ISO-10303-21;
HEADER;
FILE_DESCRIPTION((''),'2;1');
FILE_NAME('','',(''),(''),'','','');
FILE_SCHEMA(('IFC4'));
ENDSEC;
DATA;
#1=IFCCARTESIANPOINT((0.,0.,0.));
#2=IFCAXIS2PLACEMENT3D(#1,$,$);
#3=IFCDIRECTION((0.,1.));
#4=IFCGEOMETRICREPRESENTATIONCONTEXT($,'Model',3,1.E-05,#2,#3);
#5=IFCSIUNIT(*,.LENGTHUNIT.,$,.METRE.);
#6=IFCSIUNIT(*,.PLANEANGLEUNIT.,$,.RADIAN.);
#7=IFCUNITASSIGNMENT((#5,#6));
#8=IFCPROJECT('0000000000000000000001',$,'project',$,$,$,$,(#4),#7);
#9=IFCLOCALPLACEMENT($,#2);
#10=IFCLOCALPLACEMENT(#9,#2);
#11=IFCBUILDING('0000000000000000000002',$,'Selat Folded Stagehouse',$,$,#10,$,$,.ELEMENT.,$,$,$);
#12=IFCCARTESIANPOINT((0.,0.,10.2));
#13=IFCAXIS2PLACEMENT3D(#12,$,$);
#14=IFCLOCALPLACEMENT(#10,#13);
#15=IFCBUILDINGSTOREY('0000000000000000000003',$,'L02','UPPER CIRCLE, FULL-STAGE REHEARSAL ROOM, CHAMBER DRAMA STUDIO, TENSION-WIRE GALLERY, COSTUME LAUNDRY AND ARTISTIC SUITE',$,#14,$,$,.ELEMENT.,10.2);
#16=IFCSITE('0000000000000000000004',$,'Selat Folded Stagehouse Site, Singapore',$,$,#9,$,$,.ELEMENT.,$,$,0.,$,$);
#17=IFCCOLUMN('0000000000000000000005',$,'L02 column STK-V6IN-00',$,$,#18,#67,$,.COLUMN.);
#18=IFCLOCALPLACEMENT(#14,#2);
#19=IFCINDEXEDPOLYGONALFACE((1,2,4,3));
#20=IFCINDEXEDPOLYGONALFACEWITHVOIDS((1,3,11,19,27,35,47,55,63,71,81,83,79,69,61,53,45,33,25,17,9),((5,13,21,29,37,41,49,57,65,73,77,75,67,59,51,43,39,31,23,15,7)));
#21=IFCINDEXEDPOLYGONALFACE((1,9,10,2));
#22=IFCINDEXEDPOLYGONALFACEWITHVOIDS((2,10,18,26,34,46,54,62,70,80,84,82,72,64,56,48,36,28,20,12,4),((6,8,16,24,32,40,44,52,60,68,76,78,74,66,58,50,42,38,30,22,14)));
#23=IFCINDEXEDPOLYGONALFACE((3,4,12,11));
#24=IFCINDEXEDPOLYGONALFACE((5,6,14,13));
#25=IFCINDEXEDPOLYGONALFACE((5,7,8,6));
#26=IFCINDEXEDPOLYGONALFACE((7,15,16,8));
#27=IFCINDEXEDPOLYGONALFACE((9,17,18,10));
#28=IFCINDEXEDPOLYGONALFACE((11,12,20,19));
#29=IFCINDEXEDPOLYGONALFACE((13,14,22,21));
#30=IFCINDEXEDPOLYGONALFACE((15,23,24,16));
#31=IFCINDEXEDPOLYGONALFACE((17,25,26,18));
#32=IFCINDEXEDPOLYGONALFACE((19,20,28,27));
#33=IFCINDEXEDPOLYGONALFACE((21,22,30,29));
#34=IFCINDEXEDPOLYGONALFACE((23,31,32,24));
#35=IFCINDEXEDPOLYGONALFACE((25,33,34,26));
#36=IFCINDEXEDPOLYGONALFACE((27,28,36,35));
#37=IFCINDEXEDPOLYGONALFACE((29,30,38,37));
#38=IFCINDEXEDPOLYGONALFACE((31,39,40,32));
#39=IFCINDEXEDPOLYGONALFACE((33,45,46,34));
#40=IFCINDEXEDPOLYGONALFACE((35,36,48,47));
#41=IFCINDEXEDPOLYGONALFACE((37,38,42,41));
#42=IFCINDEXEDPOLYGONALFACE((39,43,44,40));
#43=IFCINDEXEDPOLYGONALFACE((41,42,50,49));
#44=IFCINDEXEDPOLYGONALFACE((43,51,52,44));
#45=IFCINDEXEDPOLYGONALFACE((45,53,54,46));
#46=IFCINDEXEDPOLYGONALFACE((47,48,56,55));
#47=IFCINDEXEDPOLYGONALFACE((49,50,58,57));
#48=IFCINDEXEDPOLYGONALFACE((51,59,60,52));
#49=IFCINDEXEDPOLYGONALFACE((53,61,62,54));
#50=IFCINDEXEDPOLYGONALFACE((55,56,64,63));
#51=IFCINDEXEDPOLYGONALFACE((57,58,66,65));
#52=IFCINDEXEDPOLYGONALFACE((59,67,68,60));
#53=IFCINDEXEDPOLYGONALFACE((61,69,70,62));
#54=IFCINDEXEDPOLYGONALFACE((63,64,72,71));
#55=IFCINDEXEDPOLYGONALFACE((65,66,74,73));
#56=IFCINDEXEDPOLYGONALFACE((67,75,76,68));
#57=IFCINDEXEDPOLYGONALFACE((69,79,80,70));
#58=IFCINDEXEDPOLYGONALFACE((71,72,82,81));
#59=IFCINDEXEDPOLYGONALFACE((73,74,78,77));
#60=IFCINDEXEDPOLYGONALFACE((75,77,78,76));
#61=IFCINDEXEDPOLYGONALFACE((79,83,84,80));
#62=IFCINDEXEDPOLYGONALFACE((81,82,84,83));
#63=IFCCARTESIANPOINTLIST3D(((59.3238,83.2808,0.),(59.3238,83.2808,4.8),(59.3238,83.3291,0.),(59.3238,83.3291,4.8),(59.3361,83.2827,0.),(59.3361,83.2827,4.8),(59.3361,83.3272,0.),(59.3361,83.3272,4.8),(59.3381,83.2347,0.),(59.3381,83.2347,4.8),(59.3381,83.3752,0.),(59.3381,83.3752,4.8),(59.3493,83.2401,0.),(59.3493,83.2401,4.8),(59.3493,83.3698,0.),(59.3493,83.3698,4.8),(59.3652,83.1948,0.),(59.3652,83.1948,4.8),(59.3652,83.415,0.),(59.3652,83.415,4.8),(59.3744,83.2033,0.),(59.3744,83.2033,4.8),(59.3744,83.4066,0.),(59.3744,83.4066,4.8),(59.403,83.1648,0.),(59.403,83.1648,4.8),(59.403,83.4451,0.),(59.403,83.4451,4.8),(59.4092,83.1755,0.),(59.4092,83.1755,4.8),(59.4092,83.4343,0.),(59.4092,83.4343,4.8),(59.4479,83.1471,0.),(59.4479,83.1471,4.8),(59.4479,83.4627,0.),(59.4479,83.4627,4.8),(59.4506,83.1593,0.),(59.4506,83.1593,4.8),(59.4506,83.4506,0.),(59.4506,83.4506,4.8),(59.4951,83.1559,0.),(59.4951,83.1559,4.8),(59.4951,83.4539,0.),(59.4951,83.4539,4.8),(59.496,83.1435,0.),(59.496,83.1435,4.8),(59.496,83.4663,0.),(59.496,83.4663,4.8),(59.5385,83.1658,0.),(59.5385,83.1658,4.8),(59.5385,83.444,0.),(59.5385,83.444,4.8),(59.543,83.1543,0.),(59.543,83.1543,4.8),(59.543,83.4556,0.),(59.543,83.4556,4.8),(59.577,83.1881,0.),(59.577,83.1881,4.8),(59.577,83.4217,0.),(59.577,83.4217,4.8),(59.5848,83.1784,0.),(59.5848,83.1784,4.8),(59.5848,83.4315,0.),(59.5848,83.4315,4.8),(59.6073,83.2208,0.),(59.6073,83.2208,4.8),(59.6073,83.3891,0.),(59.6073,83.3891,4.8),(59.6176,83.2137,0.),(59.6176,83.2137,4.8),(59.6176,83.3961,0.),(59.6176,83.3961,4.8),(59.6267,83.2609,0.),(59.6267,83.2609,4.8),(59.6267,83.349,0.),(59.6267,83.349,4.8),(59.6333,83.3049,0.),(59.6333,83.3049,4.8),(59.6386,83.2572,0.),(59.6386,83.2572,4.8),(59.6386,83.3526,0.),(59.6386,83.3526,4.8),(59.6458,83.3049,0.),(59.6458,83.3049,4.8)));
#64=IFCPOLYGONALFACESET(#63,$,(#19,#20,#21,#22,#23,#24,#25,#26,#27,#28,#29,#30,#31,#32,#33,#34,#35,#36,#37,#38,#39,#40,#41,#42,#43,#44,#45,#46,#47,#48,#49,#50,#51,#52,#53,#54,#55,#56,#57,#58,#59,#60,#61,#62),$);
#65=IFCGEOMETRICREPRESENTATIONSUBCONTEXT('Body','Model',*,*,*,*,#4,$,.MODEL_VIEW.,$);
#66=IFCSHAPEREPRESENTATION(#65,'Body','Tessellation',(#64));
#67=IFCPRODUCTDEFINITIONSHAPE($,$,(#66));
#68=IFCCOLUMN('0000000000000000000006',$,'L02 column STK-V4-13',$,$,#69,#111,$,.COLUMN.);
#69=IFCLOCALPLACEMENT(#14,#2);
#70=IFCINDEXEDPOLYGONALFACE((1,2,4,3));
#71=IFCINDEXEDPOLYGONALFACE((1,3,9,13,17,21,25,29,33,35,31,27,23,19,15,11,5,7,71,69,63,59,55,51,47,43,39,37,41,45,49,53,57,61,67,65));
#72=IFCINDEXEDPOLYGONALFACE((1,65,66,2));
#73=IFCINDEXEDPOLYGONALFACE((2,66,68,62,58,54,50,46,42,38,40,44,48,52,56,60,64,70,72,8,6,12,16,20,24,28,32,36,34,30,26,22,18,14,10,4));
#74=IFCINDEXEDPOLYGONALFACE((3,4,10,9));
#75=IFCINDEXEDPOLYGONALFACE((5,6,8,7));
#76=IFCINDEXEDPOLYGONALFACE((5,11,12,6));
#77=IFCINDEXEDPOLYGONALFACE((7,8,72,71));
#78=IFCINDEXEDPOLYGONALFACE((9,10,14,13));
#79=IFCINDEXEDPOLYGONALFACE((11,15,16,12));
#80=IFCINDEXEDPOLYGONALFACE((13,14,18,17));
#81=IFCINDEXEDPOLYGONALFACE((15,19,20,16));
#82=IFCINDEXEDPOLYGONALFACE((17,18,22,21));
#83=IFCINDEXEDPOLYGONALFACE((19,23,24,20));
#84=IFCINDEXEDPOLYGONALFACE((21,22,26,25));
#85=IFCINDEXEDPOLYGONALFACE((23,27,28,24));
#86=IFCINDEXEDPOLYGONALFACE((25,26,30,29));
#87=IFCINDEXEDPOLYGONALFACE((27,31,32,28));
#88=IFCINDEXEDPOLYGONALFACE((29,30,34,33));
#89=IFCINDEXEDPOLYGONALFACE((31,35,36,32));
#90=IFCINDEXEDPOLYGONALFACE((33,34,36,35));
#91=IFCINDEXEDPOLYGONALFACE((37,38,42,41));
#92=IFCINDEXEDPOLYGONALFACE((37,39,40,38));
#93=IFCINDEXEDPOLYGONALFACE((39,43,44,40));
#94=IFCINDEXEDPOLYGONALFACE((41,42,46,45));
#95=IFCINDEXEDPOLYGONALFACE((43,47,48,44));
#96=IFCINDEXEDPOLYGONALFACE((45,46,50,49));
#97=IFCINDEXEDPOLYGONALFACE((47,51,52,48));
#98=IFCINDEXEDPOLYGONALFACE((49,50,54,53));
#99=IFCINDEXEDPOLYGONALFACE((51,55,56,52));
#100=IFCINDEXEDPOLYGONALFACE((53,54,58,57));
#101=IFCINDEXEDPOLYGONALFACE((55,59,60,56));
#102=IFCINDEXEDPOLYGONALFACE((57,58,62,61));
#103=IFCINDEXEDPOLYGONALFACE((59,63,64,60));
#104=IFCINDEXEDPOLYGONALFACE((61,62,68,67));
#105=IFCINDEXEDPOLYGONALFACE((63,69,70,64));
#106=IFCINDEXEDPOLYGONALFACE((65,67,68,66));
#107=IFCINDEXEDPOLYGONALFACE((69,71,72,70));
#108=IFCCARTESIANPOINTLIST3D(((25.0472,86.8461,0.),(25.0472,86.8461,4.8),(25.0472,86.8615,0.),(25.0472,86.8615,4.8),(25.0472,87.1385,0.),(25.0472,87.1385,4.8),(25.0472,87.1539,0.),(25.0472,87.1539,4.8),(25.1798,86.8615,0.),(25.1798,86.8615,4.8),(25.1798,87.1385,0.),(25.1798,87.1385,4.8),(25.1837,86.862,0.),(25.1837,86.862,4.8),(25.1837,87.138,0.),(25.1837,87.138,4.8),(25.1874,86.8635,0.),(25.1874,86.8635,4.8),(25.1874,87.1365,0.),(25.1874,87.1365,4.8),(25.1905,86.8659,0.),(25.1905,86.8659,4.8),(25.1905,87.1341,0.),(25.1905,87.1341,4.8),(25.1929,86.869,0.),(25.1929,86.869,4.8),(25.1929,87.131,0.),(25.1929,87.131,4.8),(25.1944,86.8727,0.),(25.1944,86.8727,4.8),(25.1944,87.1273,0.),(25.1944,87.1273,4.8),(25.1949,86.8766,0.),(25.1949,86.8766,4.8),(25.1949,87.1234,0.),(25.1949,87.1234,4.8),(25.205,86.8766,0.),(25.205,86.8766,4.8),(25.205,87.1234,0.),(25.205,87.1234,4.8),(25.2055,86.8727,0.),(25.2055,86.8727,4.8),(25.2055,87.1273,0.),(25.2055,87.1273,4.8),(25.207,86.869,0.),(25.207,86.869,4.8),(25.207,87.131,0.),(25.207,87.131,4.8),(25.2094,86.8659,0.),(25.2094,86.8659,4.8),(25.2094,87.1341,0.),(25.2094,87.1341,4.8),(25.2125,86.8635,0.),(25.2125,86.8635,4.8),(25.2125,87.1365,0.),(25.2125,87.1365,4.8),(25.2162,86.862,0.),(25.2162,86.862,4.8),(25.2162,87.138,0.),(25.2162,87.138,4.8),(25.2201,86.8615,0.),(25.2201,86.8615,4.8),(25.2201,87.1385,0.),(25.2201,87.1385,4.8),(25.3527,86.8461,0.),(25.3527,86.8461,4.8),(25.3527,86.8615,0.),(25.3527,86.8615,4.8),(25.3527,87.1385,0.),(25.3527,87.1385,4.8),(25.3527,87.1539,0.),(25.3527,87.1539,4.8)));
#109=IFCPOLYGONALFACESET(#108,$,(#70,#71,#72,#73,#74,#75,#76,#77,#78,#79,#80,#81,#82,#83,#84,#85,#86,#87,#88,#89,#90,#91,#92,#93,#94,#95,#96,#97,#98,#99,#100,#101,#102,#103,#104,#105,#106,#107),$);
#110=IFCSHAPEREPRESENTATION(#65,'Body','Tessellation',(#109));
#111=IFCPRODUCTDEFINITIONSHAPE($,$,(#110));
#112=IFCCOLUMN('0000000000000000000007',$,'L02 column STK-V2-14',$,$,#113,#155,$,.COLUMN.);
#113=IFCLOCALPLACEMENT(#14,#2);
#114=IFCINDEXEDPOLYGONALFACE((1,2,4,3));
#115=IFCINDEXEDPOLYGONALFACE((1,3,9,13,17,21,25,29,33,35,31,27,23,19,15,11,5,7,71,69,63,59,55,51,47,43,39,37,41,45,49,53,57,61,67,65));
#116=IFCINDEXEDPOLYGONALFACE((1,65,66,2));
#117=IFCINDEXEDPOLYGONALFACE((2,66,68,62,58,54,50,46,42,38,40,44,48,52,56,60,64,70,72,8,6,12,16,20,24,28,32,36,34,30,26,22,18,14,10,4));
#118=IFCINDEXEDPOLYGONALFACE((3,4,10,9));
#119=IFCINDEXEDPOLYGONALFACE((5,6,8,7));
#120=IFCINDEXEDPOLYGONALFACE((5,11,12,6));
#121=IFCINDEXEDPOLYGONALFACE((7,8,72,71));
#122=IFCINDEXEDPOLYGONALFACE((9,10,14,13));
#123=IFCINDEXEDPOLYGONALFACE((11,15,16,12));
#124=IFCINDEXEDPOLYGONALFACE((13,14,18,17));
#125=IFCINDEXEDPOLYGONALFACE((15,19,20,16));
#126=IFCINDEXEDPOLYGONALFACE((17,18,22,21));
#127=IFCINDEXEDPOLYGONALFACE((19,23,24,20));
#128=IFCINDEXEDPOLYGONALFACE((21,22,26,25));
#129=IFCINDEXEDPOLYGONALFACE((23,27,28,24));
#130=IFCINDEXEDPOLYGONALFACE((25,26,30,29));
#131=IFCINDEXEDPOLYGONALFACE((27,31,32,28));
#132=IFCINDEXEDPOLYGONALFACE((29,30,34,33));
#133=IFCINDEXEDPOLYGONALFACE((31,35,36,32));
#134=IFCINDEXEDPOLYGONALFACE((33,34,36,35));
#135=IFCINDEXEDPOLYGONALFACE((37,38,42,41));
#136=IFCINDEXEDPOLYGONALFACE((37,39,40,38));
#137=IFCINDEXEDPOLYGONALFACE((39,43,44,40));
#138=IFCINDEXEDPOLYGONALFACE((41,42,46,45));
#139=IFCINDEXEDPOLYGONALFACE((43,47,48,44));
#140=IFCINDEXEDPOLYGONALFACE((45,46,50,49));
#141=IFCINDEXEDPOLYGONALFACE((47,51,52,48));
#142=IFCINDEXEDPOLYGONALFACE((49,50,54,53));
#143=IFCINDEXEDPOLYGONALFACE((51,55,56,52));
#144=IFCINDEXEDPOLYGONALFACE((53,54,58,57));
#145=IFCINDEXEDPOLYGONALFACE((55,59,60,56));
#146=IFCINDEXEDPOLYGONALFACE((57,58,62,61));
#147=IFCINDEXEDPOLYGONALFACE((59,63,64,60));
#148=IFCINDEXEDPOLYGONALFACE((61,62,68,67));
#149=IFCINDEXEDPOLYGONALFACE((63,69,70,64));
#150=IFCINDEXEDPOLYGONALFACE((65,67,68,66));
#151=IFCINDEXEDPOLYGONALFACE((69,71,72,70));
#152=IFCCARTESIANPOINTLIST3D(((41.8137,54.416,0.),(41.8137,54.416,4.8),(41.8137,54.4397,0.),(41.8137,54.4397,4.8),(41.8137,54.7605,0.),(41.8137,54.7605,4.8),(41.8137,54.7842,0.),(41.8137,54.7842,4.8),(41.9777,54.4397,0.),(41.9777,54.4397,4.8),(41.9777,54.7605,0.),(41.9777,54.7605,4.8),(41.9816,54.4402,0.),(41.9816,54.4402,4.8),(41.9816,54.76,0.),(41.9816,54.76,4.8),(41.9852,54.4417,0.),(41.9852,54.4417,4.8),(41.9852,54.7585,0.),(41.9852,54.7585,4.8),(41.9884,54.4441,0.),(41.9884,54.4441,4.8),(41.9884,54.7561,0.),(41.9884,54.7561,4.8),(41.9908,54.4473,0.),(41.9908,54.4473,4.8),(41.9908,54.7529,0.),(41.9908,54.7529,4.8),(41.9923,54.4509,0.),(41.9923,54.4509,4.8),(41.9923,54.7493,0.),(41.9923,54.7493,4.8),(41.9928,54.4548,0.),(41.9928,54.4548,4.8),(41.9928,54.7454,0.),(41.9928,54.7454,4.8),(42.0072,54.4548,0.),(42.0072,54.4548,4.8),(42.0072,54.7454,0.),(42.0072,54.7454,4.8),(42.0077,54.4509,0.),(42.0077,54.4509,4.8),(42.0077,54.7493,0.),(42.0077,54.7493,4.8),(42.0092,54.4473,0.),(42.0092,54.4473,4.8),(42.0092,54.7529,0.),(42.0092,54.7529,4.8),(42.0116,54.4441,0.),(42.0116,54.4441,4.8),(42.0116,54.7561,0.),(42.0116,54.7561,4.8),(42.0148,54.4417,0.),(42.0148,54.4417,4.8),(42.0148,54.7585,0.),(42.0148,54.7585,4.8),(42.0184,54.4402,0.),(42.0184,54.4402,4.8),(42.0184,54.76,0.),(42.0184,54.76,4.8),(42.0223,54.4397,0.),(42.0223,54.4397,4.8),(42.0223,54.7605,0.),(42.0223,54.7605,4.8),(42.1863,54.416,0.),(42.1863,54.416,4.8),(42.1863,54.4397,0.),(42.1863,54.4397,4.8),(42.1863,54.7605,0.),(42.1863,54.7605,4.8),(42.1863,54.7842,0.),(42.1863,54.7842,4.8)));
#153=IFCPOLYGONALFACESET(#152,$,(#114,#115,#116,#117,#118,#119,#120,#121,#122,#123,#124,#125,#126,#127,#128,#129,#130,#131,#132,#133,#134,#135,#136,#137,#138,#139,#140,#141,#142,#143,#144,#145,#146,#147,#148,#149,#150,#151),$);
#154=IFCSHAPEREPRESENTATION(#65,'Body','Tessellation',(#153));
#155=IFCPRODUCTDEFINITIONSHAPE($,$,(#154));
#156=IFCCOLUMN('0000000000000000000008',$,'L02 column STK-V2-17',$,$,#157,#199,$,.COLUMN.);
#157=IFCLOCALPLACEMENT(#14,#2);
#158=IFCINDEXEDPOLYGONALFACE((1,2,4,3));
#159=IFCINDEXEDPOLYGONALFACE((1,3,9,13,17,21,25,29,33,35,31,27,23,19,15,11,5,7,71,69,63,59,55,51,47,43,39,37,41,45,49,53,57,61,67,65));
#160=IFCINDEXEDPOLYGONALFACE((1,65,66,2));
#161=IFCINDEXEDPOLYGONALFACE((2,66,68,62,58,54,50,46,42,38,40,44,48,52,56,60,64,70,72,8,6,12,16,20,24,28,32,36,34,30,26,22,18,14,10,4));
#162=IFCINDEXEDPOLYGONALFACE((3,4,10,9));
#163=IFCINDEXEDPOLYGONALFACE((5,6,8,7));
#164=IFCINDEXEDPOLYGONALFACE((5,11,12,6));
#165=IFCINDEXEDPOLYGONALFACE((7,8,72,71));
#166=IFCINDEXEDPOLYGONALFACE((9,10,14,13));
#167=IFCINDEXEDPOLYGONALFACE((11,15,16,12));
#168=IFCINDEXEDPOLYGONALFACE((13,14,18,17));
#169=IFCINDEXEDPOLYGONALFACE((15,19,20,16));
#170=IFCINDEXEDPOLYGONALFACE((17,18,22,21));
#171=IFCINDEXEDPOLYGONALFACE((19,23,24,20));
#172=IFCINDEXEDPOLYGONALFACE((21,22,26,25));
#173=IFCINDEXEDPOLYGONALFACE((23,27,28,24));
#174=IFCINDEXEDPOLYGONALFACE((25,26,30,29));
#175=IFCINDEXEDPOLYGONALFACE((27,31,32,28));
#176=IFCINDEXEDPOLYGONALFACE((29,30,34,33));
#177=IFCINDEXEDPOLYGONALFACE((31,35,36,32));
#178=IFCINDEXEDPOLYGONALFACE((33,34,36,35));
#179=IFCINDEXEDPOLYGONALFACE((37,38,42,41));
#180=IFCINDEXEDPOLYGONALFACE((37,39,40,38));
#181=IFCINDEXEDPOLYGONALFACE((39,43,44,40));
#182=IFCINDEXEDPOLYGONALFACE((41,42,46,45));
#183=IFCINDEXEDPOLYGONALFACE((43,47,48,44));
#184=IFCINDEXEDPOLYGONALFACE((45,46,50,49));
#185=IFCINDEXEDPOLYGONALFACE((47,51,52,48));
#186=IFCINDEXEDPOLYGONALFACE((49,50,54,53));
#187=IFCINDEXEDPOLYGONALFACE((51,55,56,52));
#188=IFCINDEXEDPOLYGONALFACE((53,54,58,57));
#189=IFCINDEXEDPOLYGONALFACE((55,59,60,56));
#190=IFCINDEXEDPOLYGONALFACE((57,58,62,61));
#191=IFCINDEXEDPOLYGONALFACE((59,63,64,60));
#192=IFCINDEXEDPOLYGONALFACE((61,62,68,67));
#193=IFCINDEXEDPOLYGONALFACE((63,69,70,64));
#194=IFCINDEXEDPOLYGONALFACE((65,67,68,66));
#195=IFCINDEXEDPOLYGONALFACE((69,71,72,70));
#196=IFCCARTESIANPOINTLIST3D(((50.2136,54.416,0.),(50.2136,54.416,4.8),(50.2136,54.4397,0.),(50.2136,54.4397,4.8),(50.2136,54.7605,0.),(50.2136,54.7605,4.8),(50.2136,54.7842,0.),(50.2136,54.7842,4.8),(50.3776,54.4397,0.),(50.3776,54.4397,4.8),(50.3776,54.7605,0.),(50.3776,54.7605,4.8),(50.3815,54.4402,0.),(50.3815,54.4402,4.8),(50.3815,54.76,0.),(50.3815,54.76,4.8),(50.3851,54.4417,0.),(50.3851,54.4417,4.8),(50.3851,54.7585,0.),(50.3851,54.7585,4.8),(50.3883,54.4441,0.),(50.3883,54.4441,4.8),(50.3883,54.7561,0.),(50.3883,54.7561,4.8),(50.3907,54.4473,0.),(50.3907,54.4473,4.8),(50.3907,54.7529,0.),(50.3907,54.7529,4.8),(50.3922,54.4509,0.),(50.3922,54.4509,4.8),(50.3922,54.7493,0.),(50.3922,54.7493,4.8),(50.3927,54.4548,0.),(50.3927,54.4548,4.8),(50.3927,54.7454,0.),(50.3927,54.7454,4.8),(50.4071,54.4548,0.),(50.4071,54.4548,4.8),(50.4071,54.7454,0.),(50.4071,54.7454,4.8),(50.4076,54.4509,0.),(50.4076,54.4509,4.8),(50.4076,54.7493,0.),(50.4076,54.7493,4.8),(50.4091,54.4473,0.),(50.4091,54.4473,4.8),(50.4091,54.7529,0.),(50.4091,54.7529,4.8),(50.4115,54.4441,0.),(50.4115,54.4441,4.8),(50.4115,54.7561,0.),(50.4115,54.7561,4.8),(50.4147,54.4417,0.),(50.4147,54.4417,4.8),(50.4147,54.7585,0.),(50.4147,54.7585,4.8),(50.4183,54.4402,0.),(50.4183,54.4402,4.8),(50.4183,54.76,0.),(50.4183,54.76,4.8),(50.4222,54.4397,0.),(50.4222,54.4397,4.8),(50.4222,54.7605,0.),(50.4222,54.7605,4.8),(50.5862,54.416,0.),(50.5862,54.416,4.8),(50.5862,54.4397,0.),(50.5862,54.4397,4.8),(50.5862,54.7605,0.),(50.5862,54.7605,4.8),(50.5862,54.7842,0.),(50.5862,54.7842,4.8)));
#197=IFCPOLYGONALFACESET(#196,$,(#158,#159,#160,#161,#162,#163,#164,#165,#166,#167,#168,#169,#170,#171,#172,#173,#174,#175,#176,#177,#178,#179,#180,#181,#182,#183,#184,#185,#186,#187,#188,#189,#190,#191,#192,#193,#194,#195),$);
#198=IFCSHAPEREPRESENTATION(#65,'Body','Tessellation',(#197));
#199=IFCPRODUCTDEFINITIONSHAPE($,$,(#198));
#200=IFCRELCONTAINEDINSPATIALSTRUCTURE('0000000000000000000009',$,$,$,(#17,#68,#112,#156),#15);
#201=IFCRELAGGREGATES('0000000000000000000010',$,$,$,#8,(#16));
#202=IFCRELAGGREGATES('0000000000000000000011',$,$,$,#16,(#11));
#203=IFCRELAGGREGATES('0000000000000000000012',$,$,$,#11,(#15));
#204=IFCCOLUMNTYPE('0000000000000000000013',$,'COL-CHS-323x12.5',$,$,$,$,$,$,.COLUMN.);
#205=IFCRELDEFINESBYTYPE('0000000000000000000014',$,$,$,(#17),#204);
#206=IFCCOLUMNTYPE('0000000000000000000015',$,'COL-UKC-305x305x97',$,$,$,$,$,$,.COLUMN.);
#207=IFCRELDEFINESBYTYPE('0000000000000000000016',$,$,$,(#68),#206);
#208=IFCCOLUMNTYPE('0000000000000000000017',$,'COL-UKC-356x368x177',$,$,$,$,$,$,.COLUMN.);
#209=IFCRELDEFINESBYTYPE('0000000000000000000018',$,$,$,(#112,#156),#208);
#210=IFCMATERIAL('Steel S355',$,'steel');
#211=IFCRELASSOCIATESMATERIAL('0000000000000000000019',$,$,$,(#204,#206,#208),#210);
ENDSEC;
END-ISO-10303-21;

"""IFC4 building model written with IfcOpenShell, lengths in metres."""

from ifc_helpers import new_model, si_unit, direction, frame, origin, origin_2d, place, context, subcontext, project, spatial, hollow_circle, i_section, extrude, material, material_profile, profile_set, type_object, element, save


model = new_model("IFC4")

# Units and contexts
model_context = context("Model", 3, precision=1e-05, world=origin(), true_north=direction((0.0, 1.0)))
body_context = subcontext(model_context, "Body", "Model", "MODEL_VIEW")
ifc_project = project(units=[si_unit("LENGTHUNIT", "METRE"), si_unit("PLANEANGLEUNIT", "RADIAN")], contexts=[model_context])

# Site, building, storey
site_placement = place(None, origin())
site = spatial("IfcSite", under=ifc_project, at=site_placement, Name="Selat Folded Stagehouse Site, Singapore", CompositionType="ELEMENT", RefElevation=0.0)
building_placement = place(site_placement, origin())
building = spatial("IfcBuilding", under=site, at=building_placement, Name="Selat Folded Stagehouse", CompositionType="ELEMENT")
storey_placement = place(building_placement, frame((0.0, 0.0, 10.2)))
storey = spatial("IfcBuildingStorey", under=building, at=storey_placement, Name="L02", Description="UPPER CIRCLE, FULL-STAGE REHEARSAL ROOM, CHAMBER DRAMA STUDIO, TENSION-WIRE GALLERY, COSTUME LAUNDRY AND ARTISTIC SUITE", CompositionType="ELEMENT", Elevation=10.2)

# Columns
ifc_material_1 = material(Name="Steel S355", Category="steel")
ifc_material_profile_1 = material_profile(ifc_material_1, hollow_circle(Radius=0.1619, WallThickness=0.0125, at=origin_2d()), Name="CHS 323.9x12.5")
ifc_profile_set_1 = profile_set([ifc_material_profile_1], Name="Steel S355")
column_type_1 = type_object("IfcColumnType", Name="COL-CHS-323x12.5", PredefinedType="COLUMN", material=ifc_profile_set_1)
column_1_placement = place(storey_placement, frame((59.4839, 83.3049, 0.0), z_axis=(0.0, 0.0, 1.0), x_axis=(1.0, 0.0, 0.0)))
element("IfcColumn", 1, at=column_1_placement, inside=storey, type_object=column_type_1, Name="L02 column STK-V6IN-00", PredefinedType="COLUMN", context=body_context, shape_type="SweptSolid", body=[
    extrude(hollow_circle(Radius=0.1619, WallThickness=0.0125, at=origin_2d()), origin(), (0.0, 0.0, 1.0), 4.8),
])
ifc_material_profile_2 = material_profile(ifc_material_1, i_section(OverallWidth=0.3054, OverallDepth=0.3079, WebThickness=0.01, FlangeThickness=0.0154, FilletRadius=0.0151, at=origin_2d()), Name="UKC 305x305x97")
ifc_profile_set_2 = profile_set([ifc_material_profile_2], Name="Steel S355")
column_type_2 = type_object("IfcColumnType", Name="COL-UKC-305x305x97", PredefinedType="COLUMN", material=ifc_profile_set_2)
column_2_placement = place(storey_placement, frame((25.2, 87.0, 0.0), z_axis=(0.0, 0.0, 1.0), x_axis=(1.0, 0.0, 0.0)))
element("IfcColumn", 2, at=column_2_placement, inside=storey, type_object=column_type_2, Name="L02 column STK-V4-13", PredefinedType="COLUMN", context=body_context, shape_type="SweptSolid", body=[
    extrude(i_section(OverallWidth=0.3054, OverallDepth=0.3079, WebThickness=0.01, FlangeThickness=0.0154, FilletRadius=0.0151, at=origin_2d()), origin(), (0.0, 0.0, 1.0), 4.8),
])
ifc_material_profile_3 = material_profile(ifc_material_1, i_section(OverallWidth=0.3726, OverallDepth=0.3682, WebThickness=0.0144, FlangeThickness=0.0237, FilletRadius=0.0151, at=origin_2d()), Name="UKC 356x368x177")
ifc_profile_set_3 = profile_set([ifc_material_profile_3], Name="Steel S355")
column_type_3 = type_object("IfcColumnType", Name="COL-UKC-356x368x177", PredefinedType="COLUMN", material=ifc_profile_set_3)
for number, where, z_axis, x_axis, name in (
    (3, (42.0, 54.6001, 0.0), (0.0, 0.0, 1.0), (1.0, 0.0, 0.0), "L02 column STK-V2-14"),
    (4, (50.3999, 54.6001, 0.0), (0.0, 0.0, 1.0), (1.0, 0.0, 0.0), "L02 column STK-V2-17"),
):
    element("IfcColumn", number, at=place(storey_placement, frame(where, z_axis=z_axis, x_axis=x_axis)), inside=storey, type_object=column_type_3, Name=name, PredefinedType="COLUMN", context=body_context, shape_type="SweptSolid", body=[
        extrude(i_section(OverallWidth=0.3726, OverallDepth=0.3682, WebThickness=0.0144, FlangeThickness=0.0237, FilletRadius=0.0151, at=origin_2d()), origin(), (0.0, 0.0, 1.0), 4.8),
    ])

save(model, "model.ifc")
